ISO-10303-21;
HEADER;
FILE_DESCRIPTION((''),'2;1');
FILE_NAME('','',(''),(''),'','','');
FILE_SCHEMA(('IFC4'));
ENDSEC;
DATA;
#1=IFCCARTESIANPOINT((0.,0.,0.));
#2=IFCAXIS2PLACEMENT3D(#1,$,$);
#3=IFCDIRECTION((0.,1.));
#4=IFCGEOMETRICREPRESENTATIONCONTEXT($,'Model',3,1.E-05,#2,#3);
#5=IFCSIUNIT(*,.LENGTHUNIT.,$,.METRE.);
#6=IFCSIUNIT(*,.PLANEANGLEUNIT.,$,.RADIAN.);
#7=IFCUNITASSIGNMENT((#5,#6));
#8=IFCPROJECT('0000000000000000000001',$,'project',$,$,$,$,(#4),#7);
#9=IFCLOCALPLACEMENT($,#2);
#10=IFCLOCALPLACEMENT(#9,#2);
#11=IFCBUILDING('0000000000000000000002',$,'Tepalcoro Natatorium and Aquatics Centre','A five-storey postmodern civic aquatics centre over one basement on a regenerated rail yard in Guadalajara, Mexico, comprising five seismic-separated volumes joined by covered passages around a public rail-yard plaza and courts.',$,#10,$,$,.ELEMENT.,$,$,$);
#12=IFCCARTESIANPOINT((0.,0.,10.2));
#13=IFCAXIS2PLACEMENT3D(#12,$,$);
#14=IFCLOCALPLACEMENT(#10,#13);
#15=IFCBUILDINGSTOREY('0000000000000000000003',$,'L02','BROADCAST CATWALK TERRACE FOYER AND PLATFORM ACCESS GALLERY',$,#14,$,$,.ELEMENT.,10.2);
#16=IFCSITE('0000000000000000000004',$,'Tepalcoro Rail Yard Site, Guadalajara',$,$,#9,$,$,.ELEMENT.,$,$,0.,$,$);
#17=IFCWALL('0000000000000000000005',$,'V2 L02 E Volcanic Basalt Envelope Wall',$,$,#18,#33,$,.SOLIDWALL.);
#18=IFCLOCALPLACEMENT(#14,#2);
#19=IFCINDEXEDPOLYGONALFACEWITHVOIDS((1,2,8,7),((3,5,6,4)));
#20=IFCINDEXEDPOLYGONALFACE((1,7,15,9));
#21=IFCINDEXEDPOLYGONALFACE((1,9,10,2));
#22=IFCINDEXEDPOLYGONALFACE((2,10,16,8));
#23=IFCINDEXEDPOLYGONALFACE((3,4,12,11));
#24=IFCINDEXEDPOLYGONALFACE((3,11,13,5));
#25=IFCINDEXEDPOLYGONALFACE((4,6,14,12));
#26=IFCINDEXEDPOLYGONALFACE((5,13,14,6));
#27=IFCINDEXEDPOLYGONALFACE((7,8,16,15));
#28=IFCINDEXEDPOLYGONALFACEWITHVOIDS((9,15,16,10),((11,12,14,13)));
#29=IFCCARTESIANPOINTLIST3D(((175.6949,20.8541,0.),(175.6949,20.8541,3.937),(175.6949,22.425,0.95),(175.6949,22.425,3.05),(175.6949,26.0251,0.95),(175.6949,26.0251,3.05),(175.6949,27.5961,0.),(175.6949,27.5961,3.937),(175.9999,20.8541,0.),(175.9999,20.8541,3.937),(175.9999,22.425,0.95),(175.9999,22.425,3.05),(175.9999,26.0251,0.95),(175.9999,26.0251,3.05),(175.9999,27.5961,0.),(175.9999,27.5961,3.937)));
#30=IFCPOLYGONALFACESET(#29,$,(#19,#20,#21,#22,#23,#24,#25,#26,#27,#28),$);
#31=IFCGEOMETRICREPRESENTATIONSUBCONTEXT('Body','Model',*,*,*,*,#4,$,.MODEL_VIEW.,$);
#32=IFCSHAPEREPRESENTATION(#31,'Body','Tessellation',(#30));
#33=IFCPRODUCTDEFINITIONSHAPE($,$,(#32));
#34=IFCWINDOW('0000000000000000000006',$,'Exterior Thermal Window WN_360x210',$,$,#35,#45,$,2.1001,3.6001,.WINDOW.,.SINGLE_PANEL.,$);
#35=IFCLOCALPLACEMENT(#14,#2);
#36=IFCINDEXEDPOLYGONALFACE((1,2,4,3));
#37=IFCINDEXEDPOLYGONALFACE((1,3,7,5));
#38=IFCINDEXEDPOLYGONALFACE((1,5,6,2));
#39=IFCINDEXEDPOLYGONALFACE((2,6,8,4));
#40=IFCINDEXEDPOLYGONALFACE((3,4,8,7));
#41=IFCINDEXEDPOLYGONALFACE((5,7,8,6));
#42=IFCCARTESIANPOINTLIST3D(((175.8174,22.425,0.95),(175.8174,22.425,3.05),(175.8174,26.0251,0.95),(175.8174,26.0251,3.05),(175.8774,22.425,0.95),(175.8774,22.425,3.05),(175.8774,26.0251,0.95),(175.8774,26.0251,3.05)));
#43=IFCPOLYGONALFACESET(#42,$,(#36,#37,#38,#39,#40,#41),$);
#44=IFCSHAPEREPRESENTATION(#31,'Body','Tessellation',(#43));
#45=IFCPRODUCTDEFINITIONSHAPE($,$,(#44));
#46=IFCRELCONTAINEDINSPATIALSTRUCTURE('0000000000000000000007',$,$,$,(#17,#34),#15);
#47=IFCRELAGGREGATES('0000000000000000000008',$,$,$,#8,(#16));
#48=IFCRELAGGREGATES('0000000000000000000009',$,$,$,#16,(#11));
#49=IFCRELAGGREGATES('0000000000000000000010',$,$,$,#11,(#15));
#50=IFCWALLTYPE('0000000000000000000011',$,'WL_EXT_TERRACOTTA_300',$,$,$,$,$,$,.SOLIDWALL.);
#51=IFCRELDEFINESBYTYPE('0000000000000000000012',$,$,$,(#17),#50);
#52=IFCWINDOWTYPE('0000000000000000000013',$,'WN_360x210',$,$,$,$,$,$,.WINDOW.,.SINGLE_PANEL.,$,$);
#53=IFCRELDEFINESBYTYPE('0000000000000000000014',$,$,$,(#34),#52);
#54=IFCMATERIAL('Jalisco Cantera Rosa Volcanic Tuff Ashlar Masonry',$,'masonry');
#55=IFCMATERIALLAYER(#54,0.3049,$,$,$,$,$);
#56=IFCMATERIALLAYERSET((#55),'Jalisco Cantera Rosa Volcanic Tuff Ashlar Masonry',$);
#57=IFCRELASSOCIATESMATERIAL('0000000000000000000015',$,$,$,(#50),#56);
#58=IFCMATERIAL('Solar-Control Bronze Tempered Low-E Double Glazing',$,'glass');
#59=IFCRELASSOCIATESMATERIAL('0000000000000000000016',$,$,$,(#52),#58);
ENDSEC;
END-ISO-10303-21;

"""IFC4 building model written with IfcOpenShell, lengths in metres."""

from ifc_helpers import new_model, si_unit, direction, frame, frame_2d, origin, place, context, subcontext, project, spatial, rectangle, extrude, material, layer, layer_set, type_object, element, fill, save


model = new_model("IFC4")

# Units and contexts
model_context = context("Model", 3, precision=1e-05, world=origin(), true_north=direction((0.0, 1.0)))
body_context = subcontext(model_context, "Body", "Model", "MODEL_VIEW")
ifc_project = project(units=[si_unit("LENGTHUNIT", "METRE"), si_unit("PLANEANGLEUNIT", "RADIAN")], contexts=[model_context])

# Site, building, storey
site_placement = place(None, origin())
site = spatial("IfcSite", under=ifc_project, at=site_placement, Name="Tepalcoro Rail Yard Site, Guadalajara", CompositionType="ELEMENT", RefElevation=0.0)
building_placement = place(site_placement, origin())
building = spatial("IfcBuilding", under=site, at=building_placement, Name="Tepalcoro Natatorium and Aquatics Centre", Description="A five-storey postmodern civic aquatics centre over one basement on a regenerated rail yard in Guadalajara, Mexico, comprising five seismic-separated volumes joined by covered passages around a public rail-yard plaza and courts.", CompositionType="ELEMENT")
storey_placement = place(building_placement, frame((0.0, 0.0, 10.2)))
storey = spatial("IfcBuildingStorey", under=building, at=storey_placement, Name="L02", Description="BROADCAST CATWALK TERRACE FOYER AND PLATFORM ACCESS GALLERY", CompositionType="ELEMENT", Elevation=10.2)

# Shared definitions
ifc_material_1 = material(Name="Solar-Control Bronze Tempered Low-E Double Glazing", Category="glass")
ifc_material_2 = material(Name="Jalisco Cantera Rosa Volcanic Tuff Ashlar Masonry", Category="masonry")

# Wall, opening, window
ifc_layer_1 = layer(ifc_material_2, 0.3049)
ifc_layer_set_1 = layer_set([ifc_layer_1], Name="Jalisco Cantera Rosa Volcanic Tuff Ashlar Masonry")
wall_type = type_object("IfcWallType", Name="WL_EXT_TERRACOTTA_300", PredefinedType="SOLIDWALL", material=ifc_layer_set_1)
wall_placement = place(storey_placement, frame((175.8474, 20.854, 0.0), z_axis=(0.0, 0.0, 1.0), x_axis=(0.0, 1.0, 0.0)))
wall = element("IfcWall", 1, at=wall_placement, inside=storey, type_object=wall_type, Name="V2 L02 E Volcanic Basalt Envelope Wall", PredefinedType="SOLIDWALL", context=body_context, shape_type="SweptSolid", body=[
    extrude(rectangle(XDim=6.7419, YDim=0.3049, at=frame_2d((3.3711, 0.0))), origin(), (0.0, 0.0, 1.0), 3.937),
])
opening_placement = place(wall_placement, frame((1.571, 0.0, 0.95)))
opening = element("IfcOpeningElement", 2, at=opening_placement, cuts=wall, PredefinedType="OPENING", context=body_context, shape_type="SweptSolid", body=[
    extrude(rectangle(XDim=3.6001, YDim=2.1001, at=frame_2d((1.8, 1.05))), frame((0.0, 0.1646, 0.0), z_axis=(0.0, -1.0, 0.0), x_axis=(1.0, 0.0, 0.0)), (0.0, 0.0, 1.0), 0.3289),
])
window_type = type_object("IfcWindowType", Name="WN_360x210", PartitioningType="SINGLE_PANEL", PredefinedType="WINDOW", material=ifc_material_1)
window_placement = place(opening_placement, origin())
window = element("IfcWindow", 3, at=window_placement, inside=storey, type_object=window_type, Name="Exterior Thermal Window WN_360x210", OverallHeight=2.1001, OverallWidth=3.6001, PartitioningType="SINGLE_PANEL", PredefinedType="WINDOW", context=body_context, shape_type="SweptSolid", body=[
    extrude(rectangle(XDim=3.6001, YDim=2.1001, at=frame_2d((1.8, 1.05))), frame((0.0, 0.03, 0.0), z_axis=(0.0, -1.0, 0.0), x_axis=(1.0, 0.0, 0.0)), (0.0, 0.0, 1.0), 0.0601),
])
fill(opening, window)

save(model, "model.ifc")
